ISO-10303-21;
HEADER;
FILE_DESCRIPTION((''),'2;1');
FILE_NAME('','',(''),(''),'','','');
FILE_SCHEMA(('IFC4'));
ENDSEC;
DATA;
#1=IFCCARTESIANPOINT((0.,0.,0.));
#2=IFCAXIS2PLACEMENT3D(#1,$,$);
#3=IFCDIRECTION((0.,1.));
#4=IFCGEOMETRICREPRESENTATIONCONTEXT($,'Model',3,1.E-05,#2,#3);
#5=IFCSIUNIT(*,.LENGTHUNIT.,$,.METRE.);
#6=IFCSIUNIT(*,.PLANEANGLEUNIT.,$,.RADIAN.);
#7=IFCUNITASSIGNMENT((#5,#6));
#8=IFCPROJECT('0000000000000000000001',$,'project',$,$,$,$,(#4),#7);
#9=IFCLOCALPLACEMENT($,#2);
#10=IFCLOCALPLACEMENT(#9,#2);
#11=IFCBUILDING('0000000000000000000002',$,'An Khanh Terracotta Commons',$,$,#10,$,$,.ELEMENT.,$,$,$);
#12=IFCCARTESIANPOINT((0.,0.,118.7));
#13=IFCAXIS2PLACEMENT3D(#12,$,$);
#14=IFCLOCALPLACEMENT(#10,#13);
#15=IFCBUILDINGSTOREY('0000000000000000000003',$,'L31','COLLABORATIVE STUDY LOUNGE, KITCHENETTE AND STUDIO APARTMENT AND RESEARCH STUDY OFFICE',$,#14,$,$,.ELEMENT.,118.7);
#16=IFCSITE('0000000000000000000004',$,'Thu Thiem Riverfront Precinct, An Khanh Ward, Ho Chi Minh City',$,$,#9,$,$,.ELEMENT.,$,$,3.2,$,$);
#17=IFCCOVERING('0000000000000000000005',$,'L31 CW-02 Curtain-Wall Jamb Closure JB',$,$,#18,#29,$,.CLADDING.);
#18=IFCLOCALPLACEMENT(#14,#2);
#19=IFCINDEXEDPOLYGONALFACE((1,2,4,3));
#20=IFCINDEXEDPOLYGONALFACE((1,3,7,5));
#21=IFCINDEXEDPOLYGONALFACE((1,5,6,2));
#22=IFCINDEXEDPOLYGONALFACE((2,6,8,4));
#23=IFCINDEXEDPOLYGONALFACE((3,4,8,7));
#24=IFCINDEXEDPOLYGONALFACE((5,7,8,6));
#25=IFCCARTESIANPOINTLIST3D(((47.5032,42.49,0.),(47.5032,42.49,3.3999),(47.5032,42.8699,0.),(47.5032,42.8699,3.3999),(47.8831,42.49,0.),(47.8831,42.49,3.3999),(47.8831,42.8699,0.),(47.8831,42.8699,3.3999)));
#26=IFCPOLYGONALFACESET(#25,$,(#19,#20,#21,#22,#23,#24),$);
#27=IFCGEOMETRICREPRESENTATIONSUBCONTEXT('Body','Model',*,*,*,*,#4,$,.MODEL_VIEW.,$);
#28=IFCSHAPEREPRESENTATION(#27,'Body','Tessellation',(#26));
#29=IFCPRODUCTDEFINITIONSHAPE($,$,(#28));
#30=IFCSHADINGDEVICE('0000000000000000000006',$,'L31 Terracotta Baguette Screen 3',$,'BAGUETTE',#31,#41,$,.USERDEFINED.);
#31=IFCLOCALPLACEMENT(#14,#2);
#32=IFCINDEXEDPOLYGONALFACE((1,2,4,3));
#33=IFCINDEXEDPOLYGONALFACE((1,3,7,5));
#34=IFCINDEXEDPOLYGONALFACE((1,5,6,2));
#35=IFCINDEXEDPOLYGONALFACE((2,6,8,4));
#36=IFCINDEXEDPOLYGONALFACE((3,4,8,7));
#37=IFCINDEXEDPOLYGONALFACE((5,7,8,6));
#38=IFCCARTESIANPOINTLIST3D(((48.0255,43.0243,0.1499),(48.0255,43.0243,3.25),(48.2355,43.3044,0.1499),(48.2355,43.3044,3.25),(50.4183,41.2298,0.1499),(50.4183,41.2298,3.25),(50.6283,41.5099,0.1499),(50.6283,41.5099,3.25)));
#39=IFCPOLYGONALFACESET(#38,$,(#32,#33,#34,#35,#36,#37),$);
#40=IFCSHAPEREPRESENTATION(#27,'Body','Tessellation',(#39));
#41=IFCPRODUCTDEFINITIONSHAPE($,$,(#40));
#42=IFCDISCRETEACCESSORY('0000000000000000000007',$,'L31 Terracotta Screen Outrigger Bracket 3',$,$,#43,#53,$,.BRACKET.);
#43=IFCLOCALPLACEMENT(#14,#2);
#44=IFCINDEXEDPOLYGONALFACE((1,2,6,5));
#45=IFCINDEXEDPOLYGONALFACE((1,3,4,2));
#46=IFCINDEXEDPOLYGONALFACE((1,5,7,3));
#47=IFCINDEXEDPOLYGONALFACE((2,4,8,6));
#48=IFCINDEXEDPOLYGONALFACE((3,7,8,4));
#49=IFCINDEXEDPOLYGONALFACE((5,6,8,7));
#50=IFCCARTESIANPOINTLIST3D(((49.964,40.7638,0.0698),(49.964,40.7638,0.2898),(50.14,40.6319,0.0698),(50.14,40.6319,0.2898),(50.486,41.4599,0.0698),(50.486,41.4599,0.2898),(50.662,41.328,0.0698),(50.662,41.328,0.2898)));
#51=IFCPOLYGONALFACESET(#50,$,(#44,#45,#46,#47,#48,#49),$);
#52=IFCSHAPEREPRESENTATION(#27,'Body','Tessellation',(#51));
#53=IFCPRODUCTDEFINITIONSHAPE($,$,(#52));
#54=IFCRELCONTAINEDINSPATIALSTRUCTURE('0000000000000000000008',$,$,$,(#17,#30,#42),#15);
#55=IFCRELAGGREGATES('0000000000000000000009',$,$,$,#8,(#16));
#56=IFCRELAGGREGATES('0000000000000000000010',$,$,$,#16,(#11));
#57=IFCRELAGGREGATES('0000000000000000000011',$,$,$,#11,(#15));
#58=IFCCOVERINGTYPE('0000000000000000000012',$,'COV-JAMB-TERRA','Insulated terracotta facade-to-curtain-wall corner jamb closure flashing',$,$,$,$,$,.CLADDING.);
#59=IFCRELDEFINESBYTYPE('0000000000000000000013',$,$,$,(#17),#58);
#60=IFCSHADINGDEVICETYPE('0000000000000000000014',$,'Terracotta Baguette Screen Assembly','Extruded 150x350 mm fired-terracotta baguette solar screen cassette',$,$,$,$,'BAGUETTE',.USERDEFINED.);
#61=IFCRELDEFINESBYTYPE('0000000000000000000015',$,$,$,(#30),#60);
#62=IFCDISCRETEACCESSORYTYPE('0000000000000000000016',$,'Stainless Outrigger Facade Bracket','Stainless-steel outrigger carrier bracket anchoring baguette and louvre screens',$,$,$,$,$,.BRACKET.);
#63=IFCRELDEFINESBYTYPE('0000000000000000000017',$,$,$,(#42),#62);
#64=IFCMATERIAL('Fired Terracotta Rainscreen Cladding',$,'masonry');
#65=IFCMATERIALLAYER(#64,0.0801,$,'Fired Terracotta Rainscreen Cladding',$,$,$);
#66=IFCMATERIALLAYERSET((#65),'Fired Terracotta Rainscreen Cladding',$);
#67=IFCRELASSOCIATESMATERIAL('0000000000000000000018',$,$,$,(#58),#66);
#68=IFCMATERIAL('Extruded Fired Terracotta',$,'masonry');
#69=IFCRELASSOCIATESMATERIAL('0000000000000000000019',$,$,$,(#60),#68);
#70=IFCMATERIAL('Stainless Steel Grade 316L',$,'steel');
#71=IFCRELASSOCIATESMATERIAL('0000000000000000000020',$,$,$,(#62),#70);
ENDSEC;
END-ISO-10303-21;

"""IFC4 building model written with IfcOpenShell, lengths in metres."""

from ifc_helpers import new_model, si_unit, direction, frame, origin, origin_2d, place, context, subcontext, project, spatial, rectangle, extrude, material, layer, layer_set, type_object, element, save


model = new_model("IFC4")

# Units and contexts
model_context = context("Model", 3, precision=1e-05, world=origin(), true_north=direction((0.0, 1.0)))
body_context = subcontext(model_context, "Body", "Model", "MODEL_VIEW")
ifc_project = project(units=[si_unit("LENGTHUNIT", "METRE"), si_unit("PLANEANGLEUNIT", "RADIAN")], contexts=[model_context])

# Site, building, storey
site_placement = place(None, origin())
site = spatial("IfcSite", under=ifc_project, at=site_placement, Name="Thu Thiem Riverfront Precinct, An Khanh Ward, Ho Chi Minh City", CompositionType="ELEMENT", RefElevation=3.2)
building_placement = place(site_placement, origin())
building = spatial("IfcBuilding", under=site, at=building_placement, Name="An Khanh Terracotta Commons", CompositionType="ELEMENT")
storey_placement = place(building_placement, frame((0.0, 0.0, 118.7)))
storey = spatial("IfcBuildingStorey", under=building, at=storey_placement, Name="L31", Description="COLLABORATIVE STUDY LOUNGE, KITCHENETTE AND STUDIO APARTMENT AND RESEARCH STUDY OFFICE", CompositionType="ELEMENT", Elevation=118.7)

# Covering
ifc_material_1 = material(Name="Fired Terracotta Rainscreen Cladding", Category="masonry")
ifc_layer_1 = layer(ifc_material_1, 0.0801, Name="Fired Terracotta Rainscreen Cladding")
ifc_layer_set_1 = layer_set([ifc_layer_1], Name="Fired Terracotta Rainscreen Cladding")
covering_type = type_object("IfcCoveringType", Name="COV-JAMB-TERRA", Description="Insulated terracotta facade-to-curtain-wall corner jamb closure flashing", PredefinedType="CLADDING", material=ifc_layer_set_1)
covering_placement = place(storey_placement, frame((47.6931, 42.6799, 0.0), z_axis=(0.0, 0.0, 1.0), x_axis=(1.0, 0.0, 0.0)))
element("IfcCovering", 1, at=covering_placement, inside=storey, type_object=covering_type, Name="L31 CW-02 Curtain-Wall Jamb Closure JB", PredefinedType="CLADDING", context=body_context, shape_type="SweptSolid", body=[
    extrude(rectangle(XDim=0.3799, YDim=0.3799, at=origin_2d()), origin(), (0.0, 0.0, 1.0), 3.3999),
])

# Shading device
ifc_material_2 = material(Name="Extruded Fired Terracotta", Category="masonry")
shading_device_type = type_object("IfcShadingDeviceType", Name="Terracotta Baguette Screen Assembly", Description="Extruded 150x350 mm fired-terracotta baguette solar screen cassette", ElementType="BAGUETTE", PredefinedType="USERDEFINED", material=ifc_material_2)
shading_device_placement = place(storey_placement, frame((49.3269, 42.2671, 0.1499), z_axis=(0.0, 0.0, 1.0), x_axis=(-0.800013, 0.599983, 0.0)))
element("IfcShadingDevice", 2, at=shading_device_placement, inside=storey, type_object=shading_device_type, Name="L31 Terracotta Baguette Screen 3", ObjectType="BAGUETTE", PredefinedType="USERDEFINED", context=body_context, shape_type="SweptSolid", body=[
    extrude(rectangle(XDim=2.991, YDim=0.3501, at=origin_2d()), origin(), (0.0, 0.0, 1.0), 3.1001),
])

# Discrete accessory
ifc_material_3 = material(Name="Stainless Steel Grade 316L", Category="steel")
discrete_accessory_type = type_object("IfcDiscreteAccessoryType", Name="Stainless Outrigger Facade Bracket", Description="Stainless-steel outrigger carrier bracket anchoring baguette and louvre screens", PredefinedType="BRACKET", material=ifc_material_3)
discrete_accessory_placement = place(storey_placement, frame((50.313, 41.0459, 0.0698), z_axis=(0.0, 0.0, 1.0), x_axis=(-0.800013, 0.599983, 0.0)))
element("IfcDiscreteAccessory", 3, at=discrete_accessory_placement, inside=storey, type_object=discrete_accessory_type, Name="L31 Terracotta Screen Outrigger Bracket 3", PredefinedType="BRACKET", context=body_context, shape_type="SweptSolid", body=[
    extrude(rectangle(XDim=0.22, YDim=0.8701, at=origin_2d()), origin(), (0.0, 0.0, 1.0), 0.22),
])

save(model, "model.ifc")
